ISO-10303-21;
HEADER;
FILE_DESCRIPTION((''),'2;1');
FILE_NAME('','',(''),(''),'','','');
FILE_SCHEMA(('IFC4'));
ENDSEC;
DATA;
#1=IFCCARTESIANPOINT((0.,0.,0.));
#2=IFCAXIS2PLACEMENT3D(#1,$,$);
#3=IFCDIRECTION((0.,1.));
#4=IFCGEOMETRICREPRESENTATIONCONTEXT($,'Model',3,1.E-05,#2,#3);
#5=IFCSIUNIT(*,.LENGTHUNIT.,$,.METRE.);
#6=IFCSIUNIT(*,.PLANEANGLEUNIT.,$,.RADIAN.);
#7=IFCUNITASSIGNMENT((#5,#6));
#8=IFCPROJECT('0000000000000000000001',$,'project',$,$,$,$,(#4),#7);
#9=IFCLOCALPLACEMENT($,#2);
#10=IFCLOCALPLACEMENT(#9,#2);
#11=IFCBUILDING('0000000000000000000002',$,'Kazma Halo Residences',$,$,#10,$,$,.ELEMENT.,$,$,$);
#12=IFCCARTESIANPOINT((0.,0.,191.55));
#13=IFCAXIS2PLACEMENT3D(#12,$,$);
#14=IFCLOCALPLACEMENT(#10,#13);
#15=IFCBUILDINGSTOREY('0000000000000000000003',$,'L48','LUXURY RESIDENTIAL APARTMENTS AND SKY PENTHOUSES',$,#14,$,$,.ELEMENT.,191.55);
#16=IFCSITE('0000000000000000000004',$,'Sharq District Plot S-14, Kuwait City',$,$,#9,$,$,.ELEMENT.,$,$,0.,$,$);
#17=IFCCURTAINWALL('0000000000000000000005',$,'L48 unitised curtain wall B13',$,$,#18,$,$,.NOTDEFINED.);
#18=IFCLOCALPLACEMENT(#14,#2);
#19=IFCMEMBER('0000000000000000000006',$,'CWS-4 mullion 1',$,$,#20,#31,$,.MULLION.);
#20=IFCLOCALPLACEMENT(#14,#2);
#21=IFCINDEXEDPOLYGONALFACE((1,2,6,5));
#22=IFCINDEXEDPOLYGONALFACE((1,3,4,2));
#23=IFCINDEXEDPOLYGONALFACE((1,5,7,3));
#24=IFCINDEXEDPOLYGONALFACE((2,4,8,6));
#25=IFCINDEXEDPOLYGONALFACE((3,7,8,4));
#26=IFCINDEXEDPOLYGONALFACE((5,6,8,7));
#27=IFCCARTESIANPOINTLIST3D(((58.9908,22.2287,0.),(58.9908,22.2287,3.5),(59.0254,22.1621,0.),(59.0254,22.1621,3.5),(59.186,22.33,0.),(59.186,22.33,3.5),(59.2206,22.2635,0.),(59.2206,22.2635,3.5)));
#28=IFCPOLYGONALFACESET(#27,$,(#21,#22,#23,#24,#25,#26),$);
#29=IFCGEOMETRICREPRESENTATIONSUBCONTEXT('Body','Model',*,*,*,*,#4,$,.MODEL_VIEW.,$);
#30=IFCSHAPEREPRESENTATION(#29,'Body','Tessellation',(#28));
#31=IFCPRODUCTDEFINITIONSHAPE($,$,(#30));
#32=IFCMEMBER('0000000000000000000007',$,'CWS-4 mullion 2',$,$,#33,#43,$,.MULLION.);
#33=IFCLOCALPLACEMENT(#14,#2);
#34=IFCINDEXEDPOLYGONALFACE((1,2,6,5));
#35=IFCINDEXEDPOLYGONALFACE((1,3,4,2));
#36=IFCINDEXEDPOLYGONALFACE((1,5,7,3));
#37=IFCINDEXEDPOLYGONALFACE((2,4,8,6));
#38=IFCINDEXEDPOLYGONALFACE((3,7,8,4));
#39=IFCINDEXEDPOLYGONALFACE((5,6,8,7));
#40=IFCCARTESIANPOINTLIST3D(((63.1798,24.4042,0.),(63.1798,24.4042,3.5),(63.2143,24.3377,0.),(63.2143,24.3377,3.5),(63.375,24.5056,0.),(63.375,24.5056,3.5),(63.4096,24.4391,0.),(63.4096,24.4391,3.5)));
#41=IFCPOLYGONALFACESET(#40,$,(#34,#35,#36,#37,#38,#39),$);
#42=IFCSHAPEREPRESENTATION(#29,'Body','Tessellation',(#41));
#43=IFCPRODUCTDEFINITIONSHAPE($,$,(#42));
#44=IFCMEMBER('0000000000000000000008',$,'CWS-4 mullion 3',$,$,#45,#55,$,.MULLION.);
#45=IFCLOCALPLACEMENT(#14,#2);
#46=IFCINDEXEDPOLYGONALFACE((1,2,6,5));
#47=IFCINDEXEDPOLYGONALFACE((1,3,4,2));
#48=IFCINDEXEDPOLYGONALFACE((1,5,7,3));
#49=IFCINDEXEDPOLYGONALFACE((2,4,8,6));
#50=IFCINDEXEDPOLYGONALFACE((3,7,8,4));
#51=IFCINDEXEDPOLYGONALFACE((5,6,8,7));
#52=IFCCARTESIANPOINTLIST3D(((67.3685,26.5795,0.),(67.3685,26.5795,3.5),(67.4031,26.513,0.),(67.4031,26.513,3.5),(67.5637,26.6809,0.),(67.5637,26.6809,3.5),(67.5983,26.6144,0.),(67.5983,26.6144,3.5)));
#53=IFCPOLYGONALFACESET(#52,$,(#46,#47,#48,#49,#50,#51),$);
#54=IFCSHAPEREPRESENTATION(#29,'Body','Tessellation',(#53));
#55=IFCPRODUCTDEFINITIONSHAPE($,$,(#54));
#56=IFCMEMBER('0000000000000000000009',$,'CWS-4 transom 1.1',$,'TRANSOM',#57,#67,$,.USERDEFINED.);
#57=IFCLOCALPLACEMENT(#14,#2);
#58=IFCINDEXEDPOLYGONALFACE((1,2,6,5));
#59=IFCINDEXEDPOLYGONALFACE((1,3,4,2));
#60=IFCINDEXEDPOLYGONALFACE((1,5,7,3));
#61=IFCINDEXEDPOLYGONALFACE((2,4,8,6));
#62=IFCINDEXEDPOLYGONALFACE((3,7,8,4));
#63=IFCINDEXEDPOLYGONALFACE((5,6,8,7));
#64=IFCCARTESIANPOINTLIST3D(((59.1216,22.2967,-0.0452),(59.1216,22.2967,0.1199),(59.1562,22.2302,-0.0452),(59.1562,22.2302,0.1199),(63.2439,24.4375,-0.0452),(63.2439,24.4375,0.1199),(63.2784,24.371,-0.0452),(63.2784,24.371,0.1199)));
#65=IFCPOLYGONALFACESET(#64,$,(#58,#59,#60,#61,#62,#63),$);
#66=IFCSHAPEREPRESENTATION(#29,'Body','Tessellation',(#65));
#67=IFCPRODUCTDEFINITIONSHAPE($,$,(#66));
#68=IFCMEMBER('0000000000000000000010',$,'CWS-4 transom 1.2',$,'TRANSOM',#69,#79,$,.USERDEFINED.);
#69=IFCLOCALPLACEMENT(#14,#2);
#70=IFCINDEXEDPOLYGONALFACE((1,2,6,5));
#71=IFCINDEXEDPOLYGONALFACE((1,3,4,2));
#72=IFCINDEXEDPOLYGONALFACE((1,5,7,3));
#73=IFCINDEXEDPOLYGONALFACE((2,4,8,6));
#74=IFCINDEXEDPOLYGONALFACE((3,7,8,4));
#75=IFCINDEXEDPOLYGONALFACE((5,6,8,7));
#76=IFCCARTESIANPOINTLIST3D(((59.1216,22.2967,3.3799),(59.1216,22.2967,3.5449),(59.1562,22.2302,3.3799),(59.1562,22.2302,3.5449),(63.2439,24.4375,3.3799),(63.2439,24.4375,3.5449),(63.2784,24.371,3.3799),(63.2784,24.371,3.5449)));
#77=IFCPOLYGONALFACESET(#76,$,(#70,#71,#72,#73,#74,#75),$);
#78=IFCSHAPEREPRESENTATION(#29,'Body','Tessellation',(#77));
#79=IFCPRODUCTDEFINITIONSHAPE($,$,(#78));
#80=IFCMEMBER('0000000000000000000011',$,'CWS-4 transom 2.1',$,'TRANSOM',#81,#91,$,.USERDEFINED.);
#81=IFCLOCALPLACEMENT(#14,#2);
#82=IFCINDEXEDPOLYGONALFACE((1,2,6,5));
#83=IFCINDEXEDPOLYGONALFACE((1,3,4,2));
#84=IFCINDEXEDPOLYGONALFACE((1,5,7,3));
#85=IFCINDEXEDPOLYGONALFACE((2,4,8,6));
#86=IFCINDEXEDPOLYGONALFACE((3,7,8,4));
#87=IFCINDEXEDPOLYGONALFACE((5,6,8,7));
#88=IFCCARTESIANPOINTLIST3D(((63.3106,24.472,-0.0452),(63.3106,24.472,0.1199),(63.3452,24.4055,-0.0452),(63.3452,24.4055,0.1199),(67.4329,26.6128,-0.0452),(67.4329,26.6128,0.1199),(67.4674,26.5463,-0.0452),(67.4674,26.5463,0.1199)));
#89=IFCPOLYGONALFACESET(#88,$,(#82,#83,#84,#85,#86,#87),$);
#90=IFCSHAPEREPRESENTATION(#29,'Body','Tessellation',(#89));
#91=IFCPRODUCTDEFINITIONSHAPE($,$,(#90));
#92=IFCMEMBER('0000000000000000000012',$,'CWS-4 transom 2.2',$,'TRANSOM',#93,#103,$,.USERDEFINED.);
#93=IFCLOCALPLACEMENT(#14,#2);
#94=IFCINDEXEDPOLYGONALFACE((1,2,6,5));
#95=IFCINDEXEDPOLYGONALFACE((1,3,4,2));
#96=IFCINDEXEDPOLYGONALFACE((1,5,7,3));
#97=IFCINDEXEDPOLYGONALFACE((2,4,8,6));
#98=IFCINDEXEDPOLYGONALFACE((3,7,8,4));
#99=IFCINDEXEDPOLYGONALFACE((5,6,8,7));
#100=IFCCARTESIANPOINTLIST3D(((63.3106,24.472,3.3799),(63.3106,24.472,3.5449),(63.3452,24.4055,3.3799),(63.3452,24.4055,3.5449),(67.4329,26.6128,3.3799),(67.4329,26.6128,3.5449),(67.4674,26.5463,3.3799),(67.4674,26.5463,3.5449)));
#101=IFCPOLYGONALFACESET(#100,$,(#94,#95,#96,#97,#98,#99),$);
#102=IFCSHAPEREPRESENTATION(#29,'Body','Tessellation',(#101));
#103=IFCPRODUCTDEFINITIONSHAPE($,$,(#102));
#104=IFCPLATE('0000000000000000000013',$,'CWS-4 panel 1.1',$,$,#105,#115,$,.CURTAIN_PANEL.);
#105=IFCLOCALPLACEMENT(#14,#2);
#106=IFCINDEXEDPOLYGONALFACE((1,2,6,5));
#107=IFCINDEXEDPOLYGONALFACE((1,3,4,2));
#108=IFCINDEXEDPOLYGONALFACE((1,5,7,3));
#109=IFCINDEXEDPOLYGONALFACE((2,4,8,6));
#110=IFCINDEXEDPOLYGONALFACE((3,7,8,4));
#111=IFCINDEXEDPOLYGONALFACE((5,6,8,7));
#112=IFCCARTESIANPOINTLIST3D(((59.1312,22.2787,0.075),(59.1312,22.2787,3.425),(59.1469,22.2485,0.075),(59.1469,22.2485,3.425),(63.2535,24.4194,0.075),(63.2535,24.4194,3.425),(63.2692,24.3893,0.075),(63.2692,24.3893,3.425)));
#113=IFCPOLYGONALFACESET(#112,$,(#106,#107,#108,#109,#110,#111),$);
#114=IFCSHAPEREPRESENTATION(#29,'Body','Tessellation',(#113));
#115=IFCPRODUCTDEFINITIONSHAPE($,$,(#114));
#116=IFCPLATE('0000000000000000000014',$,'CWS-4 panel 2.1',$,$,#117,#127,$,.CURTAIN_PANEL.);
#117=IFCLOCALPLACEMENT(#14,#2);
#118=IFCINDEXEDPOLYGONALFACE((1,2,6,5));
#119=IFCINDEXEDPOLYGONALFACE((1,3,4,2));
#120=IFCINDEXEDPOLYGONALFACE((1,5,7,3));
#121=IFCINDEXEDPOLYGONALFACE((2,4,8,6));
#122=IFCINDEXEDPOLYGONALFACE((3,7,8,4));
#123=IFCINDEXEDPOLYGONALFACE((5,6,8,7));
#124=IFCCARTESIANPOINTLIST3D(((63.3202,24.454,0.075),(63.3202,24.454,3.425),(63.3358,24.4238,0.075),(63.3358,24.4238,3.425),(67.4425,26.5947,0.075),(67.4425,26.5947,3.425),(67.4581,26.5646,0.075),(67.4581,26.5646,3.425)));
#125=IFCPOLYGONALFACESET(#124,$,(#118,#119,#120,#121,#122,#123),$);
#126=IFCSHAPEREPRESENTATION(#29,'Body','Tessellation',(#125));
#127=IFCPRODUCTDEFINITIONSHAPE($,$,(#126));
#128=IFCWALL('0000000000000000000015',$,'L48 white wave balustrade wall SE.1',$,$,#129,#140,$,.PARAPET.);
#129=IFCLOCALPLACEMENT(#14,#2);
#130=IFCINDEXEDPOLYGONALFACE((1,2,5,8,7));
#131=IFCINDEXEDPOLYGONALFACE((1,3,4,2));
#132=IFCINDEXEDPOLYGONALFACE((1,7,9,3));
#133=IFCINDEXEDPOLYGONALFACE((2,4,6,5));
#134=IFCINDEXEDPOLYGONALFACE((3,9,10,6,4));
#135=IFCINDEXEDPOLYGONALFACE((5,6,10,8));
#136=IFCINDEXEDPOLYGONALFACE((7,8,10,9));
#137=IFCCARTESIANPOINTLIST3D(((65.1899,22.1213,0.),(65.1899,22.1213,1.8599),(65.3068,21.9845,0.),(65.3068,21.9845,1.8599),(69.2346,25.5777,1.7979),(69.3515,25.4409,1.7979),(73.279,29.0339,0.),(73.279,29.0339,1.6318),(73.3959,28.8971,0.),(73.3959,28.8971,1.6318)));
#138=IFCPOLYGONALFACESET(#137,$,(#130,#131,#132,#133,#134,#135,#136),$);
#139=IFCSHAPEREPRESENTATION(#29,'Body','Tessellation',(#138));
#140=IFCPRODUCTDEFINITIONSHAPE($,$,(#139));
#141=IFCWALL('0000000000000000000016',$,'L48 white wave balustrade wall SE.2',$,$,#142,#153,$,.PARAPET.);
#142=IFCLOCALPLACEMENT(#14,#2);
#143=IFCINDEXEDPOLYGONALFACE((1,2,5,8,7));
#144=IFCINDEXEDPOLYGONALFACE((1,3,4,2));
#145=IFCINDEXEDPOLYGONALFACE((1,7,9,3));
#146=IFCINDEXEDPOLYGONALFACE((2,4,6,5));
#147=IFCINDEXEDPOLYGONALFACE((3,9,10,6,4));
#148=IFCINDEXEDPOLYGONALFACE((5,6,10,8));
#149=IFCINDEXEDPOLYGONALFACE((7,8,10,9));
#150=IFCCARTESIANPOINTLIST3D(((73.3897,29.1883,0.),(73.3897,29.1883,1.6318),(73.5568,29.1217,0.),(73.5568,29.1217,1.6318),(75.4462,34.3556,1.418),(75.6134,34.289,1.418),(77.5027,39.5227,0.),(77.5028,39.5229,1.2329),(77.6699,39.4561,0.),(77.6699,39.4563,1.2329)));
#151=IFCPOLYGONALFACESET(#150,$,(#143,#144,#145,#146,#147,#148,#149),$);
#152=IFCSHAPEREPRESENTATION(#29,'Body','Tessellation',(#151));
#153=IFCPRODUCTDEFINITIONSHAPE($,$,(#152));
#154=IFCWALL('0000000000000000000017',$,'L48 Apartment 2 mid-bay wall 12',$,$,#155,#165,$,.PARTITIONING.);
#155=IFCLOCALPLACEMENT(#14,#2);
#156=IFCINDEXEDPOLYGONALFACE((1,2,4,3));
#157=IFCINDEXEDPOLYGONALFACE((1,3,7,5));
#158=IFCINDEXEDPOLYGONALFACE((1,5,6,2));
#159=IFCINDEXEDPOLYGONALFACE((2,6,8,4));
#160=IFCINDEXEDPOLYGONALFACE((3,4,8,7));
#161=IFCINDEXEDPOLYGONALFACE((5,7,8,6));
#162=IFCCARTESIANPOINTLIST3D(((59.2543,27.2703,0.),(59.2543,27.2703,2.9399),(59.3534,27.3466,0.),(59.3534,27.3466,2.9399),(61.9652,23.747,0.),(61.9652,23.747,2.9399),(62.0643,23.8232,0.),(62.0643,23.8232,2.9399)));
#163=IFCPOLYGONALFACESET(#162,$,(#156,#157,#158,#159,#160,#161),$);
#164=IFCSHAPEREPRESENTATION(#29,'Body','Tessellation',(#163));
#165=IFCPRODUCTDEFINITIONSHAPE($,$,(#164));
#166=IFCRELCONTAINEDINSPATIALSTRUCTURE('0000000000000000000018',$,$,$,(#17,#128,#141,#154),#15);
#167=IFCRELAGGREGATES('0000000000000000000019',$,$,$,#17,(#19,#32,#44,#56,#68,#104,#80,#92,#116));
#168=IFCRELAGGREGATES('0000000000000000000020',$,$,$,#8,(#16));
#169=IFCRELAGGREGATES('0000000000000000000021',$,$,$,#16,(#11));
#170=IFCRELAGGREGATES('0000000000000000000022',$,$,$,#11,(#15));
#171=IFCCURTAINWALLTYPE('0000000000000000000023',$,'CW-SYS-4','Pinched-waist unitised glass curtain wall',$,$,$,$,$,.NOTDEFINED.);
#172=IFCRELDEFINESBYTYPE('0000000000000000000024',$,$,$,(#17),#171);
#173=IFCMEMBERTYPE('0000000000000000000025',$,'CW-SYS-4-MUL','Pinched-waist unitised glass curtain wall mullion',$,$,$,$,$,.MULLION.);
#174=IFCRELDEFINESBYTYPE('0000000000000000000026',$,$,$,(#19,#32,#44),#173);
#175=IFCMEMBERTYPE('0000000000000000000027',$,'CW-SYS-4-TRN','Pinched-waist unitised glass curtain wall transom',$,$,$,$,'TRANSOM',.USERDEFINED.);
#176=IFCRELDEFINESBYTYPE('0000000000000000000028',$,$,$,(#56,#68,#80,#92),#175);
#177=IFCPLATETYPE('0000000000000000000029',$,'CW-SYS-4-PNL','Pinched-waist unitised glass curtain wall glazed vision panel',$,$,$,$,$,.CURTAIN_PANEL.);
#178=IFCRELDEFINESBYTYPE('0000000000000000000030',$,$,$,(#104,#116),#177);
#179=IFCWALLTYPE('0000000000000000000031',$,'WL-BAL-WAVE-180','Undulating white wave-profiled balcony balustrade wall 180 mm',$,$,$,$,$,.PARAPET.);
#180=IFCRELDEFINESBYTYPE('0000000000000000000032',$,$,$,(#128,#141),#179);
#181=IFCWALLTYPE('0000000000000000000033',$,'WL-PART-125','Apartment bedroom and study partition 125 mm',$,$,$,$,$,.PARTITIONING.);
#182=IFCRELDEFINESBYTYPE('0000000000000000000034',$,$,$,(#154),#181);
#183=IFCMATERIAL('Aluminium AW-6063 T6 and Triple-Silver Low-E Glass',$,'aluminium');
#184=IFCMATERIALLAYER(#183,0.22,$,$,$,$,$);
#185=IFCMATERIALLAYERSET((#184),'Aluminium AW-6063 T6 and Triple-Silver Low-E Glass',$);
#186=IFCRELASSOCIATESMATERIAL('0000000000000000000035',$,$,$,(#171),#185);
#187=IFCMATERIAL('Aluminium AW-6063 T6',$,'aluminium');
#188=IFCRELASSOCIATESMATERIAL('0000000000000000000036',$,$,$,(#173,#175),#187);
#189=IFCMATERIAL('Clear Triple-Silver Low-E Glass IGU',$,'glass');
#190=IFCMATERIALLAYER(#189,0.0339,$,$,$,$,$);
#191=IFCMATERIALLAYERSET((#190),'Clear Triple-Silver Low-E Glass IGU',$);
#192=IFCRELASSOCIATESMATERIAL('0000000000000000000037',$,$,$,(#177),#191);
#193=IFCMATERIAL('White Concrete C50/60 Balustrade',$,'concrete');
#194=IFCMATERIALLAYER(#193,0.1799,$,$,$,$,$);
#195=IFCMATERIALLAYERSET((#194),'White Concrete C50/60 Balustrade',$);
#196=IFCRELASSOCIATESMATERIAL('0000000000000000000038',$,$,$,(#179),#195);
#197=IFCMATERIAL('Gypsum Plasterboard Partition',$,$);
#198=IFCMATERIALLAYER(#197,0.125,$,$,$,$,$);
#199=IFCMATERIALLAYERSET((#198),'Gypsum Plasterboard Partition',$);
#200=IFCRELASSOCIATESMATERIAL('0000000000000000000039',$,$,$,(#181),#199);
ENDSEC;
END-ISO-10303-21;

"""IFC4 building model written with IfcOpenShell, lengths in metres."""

from ifc_helpers import new_model, si_unit, direction, frame, frame_2d, origin, origin_2d, place, context, subcontext, project, spatial, polyline, rectangle, outline, extrude, material, layer, layer_set, material_profile, profile_set, type_object, element, aggregate, save


model = new_model("IFC4")

# Units and contexts
model_context = context("Model", 3, precision=1e-05, world=origin(), true_north=direction((0.0, 1.0)))
body_context = subcontext(model_context, "Body", "Model", "MODEL_VIEW")
ifc_project = project(units=[si_unit("LENGTHUNIT", "METRE"), si_unit("PLANEANGLEUNIT", "RADIAN")], contexts=[model_context])

# Site, building, storey
site_placement = place(None, origin())
site = spatial("IfcSite", under=ifc_project, at=site_placement, Name="Sharq District Plot S-14, Kuwait City", CompositionType="ELEMENT", RefElevation=0.0)
building_placement = place(site_placement, origin())
building = spatial("IfcBuilding", under=site, at=building_placement, Name="Kazma Halo Residences", CompositionType="ELEMENT")
storey_placement = place(building_placement, frame((0.0, 0.0, 191.55)))
storey = spatial("IfcBuildingStorey", under=building, at=storey_placement, Name="L48", Description="LUXURY RESIDENTIAL APARTMENTS AND SKY PENTHOUSES", CompositionType="ELEMENT", Elevation=191.55)

# Curtain wall, members, plates
ifc_material_1 = material(Name="Aluminium AW-6063 T6 and Triple-Silver Low-E Glass", Category="aluminium")
ifc_layer_1 = layer(ifc_material_1, 0.22)
ifc_layer_set_1 = layer_set([ifc_layer_1], Name="Aluminium AW-6063 T6 and Triple-Silver Low-E Glass")
curtain_wall_type = type_object("IfcCurtainWallType", Name="CW-SYS-4", Description="Pinched-waist unitised glass curtain wall", PredefinedType="NOTDEFINED", material=ifc_layer_set_1)
curtain_wall_placement = place(storey_placement, origin())
curtain_wall = element("IfcCurtainWall", 1, at=curtain_wall_placement, inside=storey, type_object=curtain_wall_type, Name="L48 unitised curtain wall B13", PredefinedType="NOTDEFINED")
ifc_material_2 = material(Name="Aluminium AW-6063 T6", Category="aluminium")
ifc_material_profile_1 = material_profile(ifc_material_2, rectangle(XDim=0.075, YDim=0.22, at=origin_2d()), Name="CWM-75x220")
ifc_profile_set_1 = profile_set([ifc_material_profile_1], Name="Aluminium AW-6063 T6")
member_type_1 = type_object("IfcMemberType", Name="CW-SYS-4-MUL", Description="Pinched-waist unitised glass curtain wall mullion", PredefinedType="MULLION", material=ifc_profile_set_1)
member_1_placement = place(storey_placement, frame((59.1057, 22.2461, 0.0), z_axis=(0.0, 0.0, 1.0), x_axis=(-0.460874, 0.887466, 0.0)))
member_1 = element("IfcMember", 2, at=member_1_placement, type_object=member_type_1, Name="CWS-4 mullion 1", PredefinedType="MULLION", context=body_context, shape_type="SweptSolid", body=[
    extrude(rectangle(XDim=0.075, YDim=0.22, at=origin_2d()), origin(), (0.0, 0.0, 1.0), 3.5),
])
member_2_placement = place(storey_placement, frame((63.2947, 24.4216, 0.0), z_axis=(0.0, 0.0, 1.0), x_axis=(-0.460874, 0.887466, 0.0)))
member_2 = element("IfcMember", 3, at=member_2_placement, type_object=member_type_1, Name="CWS-4 mullion 2", PredefinedType="MULLION", context=body_context, shape_type="SweptSolid", body=[
    extrude(rectangle(XDim=0.075, YDim=0.22, at=origin_2d()), origin(), (0.0, 0.0, 1.0), 3.5),
])
member_3_placement = place(storey_placement, frame((67.4834, 26.5969, 0.0), z_axis=(0.0, 0.0, 1.0), x_axis=(-0.460874, 0.887466, 0.0)))
member_3 = element("IfcMember", 4, at=member_3_placement, type_object=member_type_1, Name="CWS-4 mullion 3", PredefinedType="MULLION", context=body_context, shape_type="SweptSolid", body=[
    extrude(rectangle(XDim=0.075, YDim=0.22, at=origin_2d()), origin(), (0.0, 0.0, 1.0), 3.5),
])
ifc_material_profile_2 = material_profile(ifc_material_2, rectangle(XDim=0.075, YDim=0.165, at=origin_2d()), Name="CWT-75x165")
ifc_profile_set_2 = profile_set([ifc_material_profile_2], Name="Aluminium AW-6063 T6")
member_type_2 = type_object("IfcMemberType", Name="CW-SYS-4-TRN", Description="Pinched-waist unitised glass curtain wall transom", ElementType="TRANSOM", PredefinedType="USERDEFINED", material=ifc_profile_set_2)
member_4_placement = place(storey_placement, frame((59.1389, 22.2634, 0.0374), z_axis=(0.887458, 0.460889, 0.0), x_axis=(-0.460889, 0.887458, 0.0)))
member_4 = element("IfcMember", 5, at=member_4_placement, type_object=member_type_2, Name="CWS-4 transom 1.1", ObjectType="TRANSOM", PredefinedType="USERDEFINED", context=body_context, shape_type="SweptSolid", body=[
    extrude(rectangle(XDim=0.075, YDim=0.165, at=origin_2d()), origin(), (0.0, 0.0, 1.0), 4.645),
])
member_5_placement = place(storey_placement, frame((59.1389, 22.2634, 3.4624), z_axis=(0.887458, 0.460889, 0.0), x_axis=(-0.460889, 0.887458, 0.0)))
member_5 = element("IfcMember", 6, at=member_5_placement, type_object=member_type_2, Name="CWS-4 transom 1.2", ObjectType="TRANSOM", PredefinedType="USERDEFINED", context=body_context, shape_type="SweptSolid", body=[
    extrude(rectangle(XDim=0.075, YDim=0.165, at=origin_2d()), origin(), (0.0, 0.0, 1.0), 4.645),
])
member_6_placement = place(storey_placement, frame((63.3279, 24.4387, 0.0374), z_axis=(0.887458, 0.460889, 0.0), x_axis=(-0.460889, 0.887458, 0.0)))
member_6 = element("IfcMember", 7, at=member_6_placement, type_object=member_type_2, Name="CWS-4 transom 2.1", ObjectType="TRANSOM", PredefinedType="USERDEFINED", context=body_context, shape_type="SweptSolid", body=[
    extrude(rectangle(XDim=0.075, YDim=0.165, at=origin_2d()), origin(), (0.0, 0.0, 1.0), 4.645),
])
member_7_placement = place(storey_placement, frame((63.3279, 24.4387, 3.4624), z_axis=(0.887458, 0.460889, 0.0), x_axis=(-0.460889, 0.887458, 0.0)))
member_7 = element("IfcMember", 8, at=member_7_placement, type_object=member_type_2, Name="CWS-4 transom 2.2", ObjectType="TRANSOM", PredefinedType="USERDEFINED", context=body_context, shape_type="SweptSolid", body=[
    extrude(rectangle(XDim=0.075, YDim=0.165, at=origin_2d()), origin(), (0.0, 0.0, 1.0), 4.645),
])
ifc_material_3 = material(Name="Clear Triple-Silver Low-E Glass IGU", Category="glass")
ifc_layer_2 = layer(ifc_material_3, 0.0339)
ifc_layer_set_2 = layer_set([ifc_layer_2], Name="Clear Triple-Silver Low-E Glass IGU")
plate_type = type_object("IfcPlateType", Name="CW-SYS-4-PNL", Description="Pinched-waist unitised glass curtain wall glazed vision panel", PredefinedType="CURTAIN_PANEL", material=ifc_layer_set_2)
plate_1_placement = place(storey_placement, frame((61.2002, 23.334, 0.075), z_axis=(0.0, 0.0, 1.0), x_axis=(0.887466, 0.460874, 0.0)))
plate_1 = element("IfcPlate", 9, at=plate_1_placement, type_object=plate_type, Name="CWS-4 panel 1.1", PredefinedType="CURTAIN_PANEL", context=body_context, shape_type="SweptSolid", body=[
    extrude(rectangle(XDim=4.645, YDim=0.0339, at=origin_2d()), origin(), (0.0, 0.0, 1.0), 3.3501),
])
plate_2_placement = place(storey_placement, frame((65.3892, 25.5093, 0.075), z_axis=(0.0, 0.0, 1.0), x_axis=(0.887466, 0.460874, 0.0)))
plate_2 = element("IfcPlate", 10, at=plate_2_placement, type_object=plate_type, Name="CWS-4 panel 2.1", PredefinedType="CURTAIN_PANEL", context=body_context, shape_type="SweptSolid", body=[
    extrude(rectangle(XDim=4.645, YDim=0.0339, at=origin_2d()), origin(), (0.0, 0.0, 1.0), 3.3501),
])
aggregate(curtain_wall, [member_1, member_2, member_3, member_4, member_5, plate_1, member_6, member_7, plate_2])

# Walls
ifc_material_4 = material(Name="White Concrete C50/60 Balustrade", Category="concrete")
ifc_layer_3 = layer(ifc_material_4, 0.1799)
ifc_layer_set_3 = layer_set([ifc_layer_3], Name="White Concrete C50/60 Balustrade")
wall_type_1 = type_object("IfcWallType", Name="WL-BAL-WAVE-180", Description="Undulating white wave-profiled balcony balustrade wall 180 mm", PredefinedType="PARAPET", material=ifc_layer_set_3)
wall_1_placement = place(storey_placement, frame((65.2483, 22.053, 0.0), z_axis=(0.0, 0.0, 1.0), x_axis=(0.760228, 0.649657, 0.0)))
element("IfcWall", 11, at=wall_1_placement, inside=storey, type_object=wall_type_1, Name="L48 white wave balustrade wall SE.1", PredefinedType="PARAPET", context=body_context, shape_type="SweptSolid", body=[
    extrude(outline(polyline([(0.0, 0.0), (10.6404, 0.0), (10.6404, 1.6318), (5.3203, 1.7979), (0.0, 1.8599), (0.0, 0.0)])), frame((0.0, 0.0898, 0.0), z_axis=(0.0, -1.0, 0.0), x_axis=(1.0, 0.0, 0.0)), (0.0, 0.0, 1.0), 0.1799),
])
wall_2_placement = place(storey_placement, frame((73.4731, 29.155, 0.0), z_axis=(0.0, 0.0, 1.0), x_axis=(0.369782, 0.929119, 0.0)))
element("IfcWall", 12, at=wall_2_placement, inside=storey, type_object=wall_type_1, Name="L48 white wave balustrade wall SE.2", PredefinedType="PARAPET", context=body_context, shape_type="SweptSolid", body=[
    extrude(outline(polyline([(0.0, 0.0), (11.1228, 0.0), (11.123, 1.2329), (5.5615, 1.418), (0.0, 1.6318), (0.0, 0.0)])), frame((0.0, 0.0898, 0.0), z_axis=(0.0, -1.0, 0.0), x_axis=(1.0, 0.0, 0.0)), (0.0, 0.0, 1.0), 0.1799),
])

# Wall
ifc_material_5 = material(Name="Gypsum Plasterboard Partition")
ifc_layer_4 = layer(ifc_material_5, 0.125)
ifc_layer_set_4 = layer_set([ifc_layer_4], Name="Gypsum Plasterboard Partition")
wall_type_2 = type_object("IfcWallType", Name="WL-PART-125", Description="Apartment bedroom and study partition 125 mm", PredefinedType="PARTITIONING", material=ifc_layer_set_4)
wall_3_placement = place(storey_placement, frame((59.304, 27.3083, 0.0), z_axis=(0.0, 0.0, 1.0), x_axis=(0.609796, -0.792559, 0.0)))
element("IfcWall", 13, at=wall_3_placement, inside=storey, type_object=wall_type_2, Name="L48 Apartment 2 mid-bay wall 12", PredefinedType="PARTITIONING", context=body_context, shape_type="SweptSolid", body=[
    extrude(rectangle(XDim=4.4456, YDim=0.125, at=frame_2d((2.2227, 0.0))), origin(), (0.0, 0.0, 1.0), 2.9399),
])

save(model, "model.ifc")
